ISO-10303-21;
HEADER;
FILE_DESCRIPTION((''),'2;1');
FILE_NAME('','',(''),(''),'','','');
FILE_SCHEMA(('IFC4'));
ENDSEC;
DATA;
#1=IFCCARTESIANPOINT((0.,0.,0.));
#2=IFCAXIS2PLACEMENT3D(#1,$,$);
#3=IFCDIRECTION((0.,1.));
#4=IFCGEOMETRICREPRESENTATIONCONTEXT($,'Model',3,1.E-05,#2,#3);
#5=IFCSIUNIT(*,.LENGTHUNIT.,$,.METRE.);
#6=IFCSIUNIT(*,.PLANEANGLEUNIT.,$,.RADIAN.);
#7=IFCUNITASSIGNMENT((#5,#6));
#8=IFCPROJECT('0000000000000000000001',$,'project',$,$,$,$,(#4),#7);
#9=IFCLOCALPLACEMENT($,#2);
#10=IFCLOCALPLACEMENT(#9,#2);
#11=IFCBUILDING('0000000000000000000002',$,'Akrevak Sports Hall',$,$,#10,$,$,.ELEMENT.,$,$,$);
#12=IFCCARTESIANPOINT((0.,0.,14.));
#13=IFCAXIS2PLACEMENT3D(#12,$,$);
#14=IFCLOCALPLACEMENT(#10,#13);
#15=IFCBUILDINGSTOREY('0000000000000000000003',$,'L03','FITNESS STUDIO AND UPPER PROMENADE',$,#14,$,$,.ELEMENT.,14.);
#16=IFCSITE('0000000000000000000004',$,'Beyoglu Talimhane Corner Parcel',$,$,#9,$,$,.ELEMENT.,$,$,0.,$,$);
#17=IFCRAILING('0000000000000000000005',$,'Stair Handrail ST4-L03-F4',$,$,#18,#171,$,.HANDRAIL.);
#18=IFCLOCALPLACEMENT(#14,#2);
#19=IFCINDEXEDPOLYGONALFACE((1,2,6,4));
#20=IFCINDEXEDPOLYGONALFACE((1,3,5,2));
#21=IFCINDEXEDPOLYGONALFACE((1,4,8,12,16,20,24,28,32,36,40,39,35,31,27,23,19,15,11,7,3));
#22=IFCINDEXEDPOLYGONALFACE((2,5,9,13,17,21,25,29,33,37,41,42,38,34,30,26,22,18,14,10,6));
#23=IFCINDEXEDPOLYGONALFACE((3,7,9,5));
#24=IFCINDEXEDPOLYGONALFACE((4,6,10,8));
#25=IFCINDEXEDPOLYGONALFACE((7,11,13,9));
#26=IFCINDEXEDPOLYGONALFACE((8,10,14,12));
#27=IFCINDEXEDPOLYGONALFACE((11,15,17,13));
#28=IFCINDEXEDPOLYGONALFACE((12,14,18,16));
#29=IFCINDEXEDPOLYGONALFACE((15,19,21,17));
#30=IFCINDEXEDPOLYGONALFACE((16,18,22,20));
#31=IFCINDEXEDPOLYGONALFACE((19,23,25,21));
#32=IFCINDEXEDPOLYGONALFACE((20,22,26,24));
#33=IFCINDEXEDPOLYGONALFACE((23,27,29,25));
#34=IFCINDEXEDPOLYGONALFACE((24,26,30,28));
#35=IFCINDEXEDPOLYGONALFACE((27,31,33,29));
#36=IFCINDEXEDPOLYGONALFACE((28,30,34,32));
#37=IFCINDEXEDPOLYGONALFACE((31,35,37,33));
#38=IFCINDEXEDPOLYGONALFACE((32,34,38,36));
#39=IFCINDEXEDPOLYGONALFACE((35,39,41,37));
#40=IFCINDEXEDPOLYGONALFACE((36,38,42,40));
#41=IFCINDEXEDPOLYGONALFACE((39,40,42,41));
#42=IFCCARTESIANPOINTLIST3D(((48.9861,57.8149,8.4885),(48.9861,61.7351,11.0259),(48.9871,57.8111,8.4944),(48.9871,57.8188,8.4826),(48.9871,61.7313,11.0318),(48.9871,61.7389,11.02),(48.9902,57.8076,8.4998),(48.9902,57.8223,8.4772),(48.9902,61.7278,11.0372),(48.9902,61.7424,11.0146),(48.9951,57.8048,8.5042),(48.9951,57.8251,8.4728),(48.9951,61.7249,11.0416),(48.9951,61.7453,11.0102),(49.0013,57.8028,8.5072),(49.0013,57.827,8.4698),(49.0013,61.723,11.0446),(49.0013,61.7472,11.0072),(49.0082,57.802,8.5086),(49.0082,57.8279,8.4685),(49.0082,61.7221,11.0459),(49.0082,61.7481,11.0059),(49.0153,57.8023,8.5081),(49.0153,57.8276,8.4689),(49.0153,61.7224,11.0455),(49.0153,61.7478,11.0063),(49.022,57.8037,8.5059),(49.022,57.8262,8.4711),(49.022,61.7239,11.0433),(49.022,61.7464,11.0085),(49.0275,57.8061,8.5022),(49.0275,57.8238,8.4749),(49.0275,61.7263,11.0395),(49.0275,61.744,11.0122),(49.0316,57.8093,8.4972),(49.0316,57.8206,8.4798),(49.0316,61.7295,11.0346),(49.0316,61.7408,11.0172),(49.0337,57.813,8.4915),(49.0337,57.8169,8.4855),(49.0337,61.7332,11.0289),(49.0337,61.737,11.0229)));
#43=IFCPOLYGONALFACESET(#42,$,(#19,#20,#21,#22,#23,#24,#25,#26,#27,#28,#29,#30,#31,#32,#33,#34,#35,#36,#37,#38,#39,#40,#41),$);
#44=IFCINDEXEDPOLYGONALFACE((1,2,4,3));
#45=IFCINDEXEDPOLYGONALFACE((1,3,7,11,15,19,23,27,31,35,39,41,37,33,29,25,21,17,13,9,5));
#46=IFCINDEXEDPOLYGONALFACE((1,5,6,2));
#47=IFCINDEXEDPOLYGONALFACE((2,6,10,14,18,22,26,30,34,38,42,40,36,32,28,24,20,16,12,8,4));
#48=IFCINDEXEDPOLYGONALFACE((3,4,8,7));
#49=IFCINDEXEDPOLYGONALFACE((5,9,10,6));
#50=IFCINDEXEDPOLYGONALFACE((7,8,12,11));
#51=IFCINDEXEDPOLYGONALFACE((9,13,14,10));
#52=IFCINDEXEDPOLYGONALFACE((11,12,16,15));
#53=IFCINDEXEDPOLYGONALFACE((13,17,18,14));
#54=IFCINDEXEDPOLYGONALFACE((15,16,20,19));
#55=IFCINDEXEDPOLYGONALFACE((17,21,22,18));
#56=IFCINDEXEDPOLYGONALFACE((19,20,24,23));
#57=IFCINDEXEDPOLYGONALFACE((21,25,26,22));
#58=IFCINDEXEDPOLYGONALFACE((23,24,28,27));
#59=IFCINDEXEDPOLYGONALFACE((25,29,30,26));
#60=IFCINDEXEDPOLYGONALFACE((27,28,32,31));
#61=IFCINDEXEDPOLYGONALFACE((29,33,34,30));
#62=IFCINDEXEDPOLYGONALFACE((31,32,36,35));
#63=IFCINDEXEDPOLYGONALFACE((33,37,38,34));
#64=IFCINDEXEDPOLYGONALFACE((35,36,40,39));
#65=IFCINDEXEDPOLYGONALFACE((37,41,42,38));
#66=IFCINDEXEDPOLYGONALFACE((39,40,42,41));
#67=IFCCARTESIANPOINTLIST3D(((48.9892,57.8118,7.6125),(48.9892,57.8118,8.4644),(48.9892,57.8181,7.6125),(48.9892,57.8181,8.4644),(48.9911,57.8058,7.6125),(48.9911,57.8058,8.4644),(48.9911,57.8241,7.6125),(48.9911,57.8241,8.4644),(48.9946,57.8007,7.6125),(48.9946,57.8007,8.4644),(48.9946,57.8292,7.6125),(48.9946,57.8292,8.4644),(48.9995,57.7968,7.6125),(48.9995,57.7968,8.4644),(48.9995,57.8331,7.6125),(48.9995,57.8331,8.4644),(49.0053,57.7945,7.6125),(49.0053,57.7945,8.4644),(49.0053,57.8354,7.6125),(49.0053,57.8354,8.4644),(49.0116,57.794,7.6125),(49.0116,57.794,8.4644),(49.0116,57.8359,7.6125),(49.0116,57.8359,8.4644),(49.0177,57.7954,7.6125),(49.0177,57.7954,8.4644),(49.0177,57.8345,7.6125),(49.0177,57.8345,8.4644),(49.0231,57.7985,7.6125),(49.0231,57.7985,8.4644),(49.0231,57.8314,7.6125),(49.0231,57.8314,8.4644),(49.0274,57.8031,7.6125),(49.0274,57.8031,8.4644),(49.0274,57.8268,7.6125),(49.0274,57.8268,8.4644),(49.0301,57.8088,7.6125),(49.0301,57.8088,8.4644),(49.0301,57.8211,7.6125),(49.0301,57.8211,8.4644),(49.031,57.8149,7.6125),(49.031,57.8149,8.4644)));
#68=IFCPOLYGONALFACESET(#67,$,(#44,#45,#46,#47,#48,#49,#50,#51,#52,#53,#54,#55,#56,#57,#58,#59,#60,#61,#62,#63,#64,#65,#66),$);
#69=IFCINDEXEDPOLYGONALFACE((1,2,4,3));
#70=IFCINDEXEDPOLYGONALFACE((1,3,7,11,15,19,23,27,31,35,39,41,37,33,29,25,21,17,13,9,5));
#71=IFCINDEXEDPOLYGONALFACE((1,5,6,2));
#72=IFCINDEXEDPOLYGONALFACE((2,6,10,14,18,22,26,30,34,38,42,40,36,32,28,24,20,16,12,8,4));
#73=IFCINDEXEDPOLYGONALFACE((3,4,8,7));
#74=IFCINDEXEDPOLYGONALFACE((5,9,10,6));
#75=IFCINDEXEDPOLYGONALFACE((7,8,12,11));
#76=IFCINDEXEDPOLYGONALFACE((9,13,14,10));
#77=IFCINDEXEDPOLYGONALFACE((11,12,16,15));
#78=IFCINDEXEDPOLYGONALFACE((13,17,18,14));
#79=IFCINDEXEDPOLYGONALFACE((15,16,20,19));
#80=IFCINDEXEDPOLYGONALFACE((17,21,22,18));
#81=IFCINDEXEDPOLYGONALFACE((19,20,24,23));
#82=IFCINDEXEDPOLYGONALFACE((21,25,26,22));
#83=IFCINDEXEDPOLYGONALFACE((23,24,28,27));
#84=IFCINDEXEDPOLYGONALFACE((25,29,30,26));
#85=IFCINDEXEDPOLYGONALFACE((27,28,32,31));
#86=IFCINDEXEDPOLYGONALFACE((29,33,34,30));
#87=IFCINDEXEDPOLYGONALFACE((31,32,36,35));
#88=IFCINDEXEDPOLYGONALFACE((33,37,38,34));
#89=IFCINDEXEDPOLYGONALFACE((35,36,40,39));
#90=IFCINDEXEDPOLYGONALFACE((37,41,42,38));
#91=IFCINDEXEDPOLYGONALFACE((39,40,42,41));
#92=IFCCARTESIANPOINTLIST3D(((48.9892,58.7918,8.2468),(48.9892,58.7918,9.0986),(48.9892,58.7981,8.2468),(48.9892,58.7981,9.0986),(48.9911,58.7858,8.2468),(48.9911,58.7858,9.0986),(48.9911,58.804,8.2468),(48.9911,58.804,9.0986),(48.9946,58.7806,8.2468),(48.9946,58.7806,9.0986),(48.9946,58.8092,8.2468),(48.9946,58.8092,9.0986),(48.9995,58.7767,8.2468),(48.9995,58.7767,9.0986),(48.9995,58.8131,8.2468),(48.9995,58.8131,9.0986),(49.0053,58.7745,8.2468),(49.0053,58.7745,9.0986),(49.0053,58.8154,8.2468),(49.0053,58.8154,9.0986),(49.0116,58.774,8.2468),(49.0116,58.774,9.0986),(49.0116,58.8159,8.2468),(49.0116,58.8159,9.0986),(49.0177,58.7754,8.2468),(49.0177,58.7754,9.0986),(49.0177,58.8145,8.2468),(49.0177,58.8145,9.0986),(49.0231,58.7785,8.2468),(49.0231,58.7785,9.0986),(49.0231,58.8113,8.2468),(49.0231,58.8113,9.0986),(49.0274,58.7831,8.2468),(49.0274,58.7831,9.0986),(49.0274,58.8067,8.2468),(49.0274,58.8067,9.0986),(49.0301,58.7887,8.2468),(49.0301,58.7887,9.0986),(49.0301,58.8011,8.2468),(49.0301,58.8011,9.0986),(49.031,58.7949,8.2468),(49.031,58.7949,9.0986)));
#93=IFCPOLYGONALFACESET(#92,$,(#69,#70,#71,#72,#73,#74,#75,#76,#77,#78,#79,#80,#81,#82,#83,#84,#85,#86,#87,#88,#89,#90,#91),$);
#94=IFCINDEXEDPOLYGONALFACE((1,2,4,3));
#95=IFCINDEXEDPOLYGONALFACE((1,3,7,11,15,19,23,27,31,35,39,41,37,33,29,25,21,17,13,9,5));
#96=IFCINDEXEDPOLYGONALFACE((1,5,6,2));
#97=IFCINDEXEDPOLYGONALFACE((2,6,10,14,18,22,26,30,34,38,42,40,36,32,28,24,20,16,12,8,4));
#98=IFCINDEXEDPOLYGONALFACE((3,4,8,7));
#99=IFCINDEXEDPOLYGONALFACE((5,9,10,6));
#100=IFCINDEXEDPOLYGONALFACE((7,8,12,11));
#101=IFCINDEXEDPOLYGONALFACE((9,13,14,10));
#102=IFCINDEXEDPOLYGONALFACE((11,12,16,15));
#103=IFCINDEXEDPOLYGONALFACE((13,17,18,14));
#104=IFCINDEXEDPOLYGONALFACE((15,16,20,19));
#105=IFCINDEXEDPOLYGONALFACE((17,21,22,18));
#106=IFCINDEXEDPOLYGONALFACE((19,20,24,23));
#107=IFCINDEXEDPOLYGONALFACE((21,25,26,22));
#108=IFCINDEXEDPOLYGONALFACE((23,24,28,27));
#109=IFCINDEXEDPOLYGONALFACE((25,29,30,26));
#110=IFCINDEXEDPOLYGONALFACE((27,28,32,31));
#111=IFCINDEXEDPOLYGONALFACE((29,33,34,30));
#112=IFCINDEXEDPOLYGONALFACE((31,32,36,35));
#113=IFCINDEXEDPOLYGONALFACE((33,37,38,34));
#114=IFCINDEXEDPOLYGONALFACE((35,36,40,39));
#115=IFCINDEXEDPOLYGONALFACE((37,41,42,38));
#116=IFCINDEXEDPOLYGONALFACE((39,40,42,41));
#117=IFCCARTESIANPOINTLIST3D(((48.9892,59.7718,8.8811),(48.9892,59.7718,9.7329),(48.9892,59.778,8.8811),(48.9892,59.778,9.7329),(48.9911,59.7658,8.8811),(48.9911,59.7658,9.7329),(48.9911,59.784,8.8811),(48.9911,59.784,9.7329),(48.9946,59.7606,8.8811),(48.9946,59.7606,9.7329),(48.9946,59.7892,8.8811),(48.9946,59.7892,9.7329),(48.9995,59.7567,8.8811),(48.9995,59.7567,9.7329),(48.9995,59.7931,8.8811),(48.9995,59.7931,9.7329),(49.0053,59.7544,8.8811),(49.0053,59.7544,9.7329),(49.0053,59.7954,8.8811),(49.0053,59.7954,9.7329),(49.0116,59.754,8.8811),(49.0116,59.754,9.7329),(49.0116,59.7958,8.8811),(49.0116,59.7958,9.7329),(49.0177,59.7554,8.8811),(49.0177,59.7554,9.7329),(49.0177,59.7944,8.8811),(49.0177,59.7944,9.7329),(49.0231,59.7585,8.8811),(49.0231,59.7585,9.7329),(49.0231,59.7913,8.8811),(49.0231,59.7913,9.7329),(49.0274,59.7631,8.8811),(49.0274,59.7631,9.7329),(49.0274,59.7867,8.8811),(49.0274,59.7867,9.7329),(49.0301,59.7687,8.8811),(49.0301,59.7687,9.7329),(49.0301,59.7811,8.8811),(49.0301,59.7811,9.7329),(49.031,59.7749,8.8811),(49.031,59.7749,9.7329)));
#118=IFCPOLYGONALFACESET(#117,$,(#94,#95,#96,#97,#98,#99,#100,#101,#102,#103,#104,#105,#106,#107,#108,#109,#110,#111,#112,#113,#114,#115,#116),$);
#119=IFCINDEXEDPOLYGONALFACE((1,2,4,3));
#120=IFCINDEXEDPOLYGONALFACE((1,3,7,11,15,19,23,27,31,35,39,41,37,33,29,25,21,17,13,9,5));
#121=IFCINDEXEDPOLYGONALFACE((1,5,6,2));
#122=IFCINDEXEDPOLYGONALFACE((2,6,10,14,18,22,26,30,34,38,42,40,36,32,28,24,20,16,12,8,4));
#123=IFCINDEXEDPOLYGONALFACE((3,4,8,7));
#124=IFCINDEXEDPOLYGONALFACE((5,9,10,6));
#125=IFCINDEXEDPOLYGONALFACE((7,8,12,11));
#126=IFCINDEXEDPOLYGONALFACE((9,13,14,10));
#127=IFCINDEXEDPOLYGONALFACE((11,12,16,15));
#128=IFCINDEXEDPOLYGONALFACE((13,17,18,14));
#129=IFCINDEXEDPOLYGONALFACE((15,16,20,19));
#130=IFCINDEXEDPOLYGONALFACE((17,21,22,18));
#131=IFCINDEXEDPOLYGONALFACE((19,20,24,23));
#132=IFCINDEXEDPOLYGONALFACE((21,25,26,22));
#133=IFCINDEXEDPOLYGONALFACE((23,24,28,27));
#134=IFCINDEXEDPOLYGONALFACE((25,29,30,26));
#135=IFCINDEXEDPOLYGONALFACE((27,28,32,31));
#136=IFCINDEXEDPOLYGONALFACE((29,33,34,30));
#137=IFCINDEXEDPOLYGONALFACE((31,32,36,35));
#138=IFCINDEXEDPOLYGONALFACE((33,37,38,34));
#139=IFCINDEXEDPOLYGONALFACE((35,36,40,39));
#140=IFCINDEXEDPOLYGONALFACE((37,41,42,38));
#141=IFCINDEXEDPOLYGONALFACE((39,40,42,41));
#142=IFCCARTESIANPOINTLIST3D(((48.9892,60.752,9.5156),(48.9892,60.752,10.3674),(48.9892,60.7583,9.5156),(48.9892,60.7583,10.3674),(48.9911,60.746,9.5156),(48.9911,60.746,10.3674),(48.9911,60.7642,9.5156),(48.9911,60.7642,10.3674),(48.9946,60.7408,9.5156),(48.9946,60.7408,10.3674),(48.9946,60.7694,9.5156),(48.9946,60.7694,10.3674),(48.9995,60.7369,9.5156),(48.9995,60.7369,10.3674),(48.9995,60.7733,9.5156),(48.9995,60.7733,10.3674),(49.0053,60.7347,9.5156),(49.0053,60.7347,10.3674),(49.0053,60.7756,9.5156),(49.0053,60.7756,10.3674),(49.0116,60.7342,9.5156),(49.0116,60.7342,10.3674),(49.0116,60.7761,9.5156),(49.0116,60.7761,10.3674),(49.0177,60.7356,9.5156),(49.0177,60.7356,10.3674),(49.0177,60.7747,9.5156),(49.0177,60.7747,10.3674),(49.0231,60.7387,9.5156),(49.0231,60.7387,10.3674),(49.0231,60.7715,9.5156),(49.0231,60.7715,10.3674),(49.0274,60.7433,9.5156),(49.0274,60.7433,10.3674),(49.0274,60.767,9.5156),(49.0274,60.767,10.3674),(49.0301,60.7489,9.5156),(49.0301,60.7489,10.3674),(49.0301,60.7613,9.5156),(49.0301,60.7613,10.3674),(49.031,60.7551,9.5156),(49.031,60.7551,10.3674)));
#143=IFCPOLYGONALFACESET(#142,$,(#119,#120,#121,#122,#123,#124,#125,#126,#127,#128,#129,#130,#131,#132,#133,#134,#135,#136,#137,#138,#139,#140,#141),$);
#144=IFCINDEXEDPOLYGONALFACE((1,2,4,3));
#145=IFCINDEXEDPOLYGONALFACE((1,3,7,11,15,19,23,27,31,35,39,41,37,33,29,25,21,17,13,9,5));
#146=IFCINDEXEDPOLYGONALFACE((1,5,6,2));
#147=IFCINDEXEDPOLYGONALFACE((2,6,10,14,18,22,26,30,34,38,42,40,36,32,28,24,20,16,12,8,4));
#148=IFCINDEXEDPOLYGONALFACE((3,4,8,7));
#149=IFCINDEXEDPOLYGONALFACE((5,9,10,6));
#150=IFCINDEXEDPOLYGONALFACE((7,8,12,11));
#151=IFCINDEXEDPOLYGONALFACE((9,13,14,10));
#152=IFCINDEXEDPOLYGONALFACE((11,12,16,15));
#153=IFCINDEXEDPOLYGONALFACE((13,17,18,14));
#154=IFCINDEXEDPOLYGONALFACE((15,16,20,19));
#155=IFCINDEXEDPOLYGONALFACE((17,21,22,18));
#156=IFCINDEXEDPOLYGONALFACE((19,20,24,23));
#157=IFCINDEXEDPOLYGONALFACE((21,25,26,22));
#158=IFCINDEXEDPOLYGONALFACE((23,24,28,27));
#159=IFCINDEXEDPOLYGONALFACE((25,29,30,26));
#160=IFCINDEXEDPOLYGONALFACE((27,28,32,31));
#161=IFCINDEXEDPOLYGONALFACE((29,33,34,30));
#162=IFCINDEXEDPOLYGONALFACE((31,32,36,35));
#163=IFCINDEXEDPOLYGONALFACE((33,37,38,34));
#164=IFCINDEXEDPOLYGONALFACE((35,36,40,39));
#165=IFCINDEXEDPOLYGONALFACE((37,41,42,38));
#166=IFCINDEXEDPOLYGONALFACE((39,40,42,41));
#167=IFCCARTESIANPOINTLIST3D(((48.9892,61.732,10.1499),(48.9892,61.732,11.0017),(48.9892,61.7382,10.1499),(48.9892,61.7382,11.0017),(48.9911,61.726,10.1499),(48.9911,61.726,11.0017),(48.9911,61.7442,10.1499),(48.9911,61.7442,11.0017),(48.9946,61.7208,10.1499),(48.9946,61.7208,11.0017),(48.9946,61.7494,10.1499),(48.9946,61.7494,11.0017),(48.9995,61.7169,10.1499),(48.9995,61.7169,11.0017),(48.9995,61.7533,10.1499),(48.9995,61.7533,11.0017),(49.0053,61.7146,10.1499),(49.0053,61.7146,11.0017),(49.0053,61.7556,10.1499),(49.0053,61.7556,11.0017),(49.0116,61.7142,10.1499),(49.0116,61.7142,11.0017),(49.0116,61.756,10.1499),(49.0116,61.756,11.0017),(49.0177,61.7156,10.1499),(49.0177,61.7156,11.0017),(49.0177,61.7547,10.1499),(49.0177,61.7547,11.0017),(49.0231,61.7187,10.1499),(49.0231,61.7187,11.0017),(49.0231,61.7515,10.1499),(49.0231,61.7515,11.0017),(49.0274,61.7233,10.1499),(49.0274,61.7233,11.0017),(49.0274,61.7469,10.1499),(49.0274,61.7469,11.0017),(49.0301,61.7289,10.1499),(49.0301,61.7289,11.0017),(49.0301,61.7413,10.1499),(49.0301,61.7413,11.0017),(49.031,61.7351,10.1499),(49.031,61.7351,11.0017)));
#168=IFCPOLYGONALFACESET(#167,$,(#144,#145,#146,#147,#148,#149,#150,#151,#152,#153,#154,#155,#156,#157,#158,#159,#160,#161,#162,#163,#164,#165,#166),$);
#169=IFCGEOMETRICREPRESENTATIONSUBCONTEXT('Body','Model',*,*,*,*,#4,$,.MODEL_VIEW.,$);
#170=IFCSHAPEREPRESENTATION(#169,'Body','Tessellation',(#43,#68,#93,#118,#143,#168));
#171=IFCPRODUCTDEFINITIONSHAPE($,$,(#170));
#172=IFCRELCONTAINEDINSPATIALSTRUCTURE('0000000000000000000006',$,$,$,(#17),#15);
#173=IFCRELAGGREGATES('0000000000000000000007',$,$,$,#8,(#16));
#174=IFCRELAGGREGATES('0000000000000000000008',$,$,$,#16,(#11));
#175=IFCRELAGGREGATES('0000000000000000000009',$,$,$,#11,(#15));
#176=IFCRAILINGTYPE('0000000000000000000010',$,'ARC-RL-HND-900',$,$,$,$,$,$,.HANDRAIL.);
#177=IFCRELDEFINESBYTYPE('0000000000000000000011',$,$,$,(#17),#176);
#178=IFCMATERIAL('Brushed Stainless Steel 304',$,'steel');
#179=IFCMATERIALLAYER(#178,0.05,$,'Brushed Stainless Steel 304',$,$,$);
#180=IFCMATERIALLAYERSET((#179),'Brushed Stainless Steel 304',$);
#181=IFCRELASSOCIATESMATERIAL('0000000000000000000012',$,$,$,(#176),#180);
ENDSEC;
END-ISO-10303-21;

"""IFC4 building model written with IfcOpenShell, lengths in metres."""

from ifc_helpers import new_model, si_unit, direction, frame, origin, origin_2d, place, context, subcontext, project, spatial, circle, extrude, material, layer, layer_set, type_object, element, save


model = new_model("IFC4")

# Units and contexts
model_context = context("Model", 3, precision=1e-05, world=origin(), true_north=direction((0.0, 1.0)))
body_context = subcontext(model_context, "Body", "Model", "MODEL_VIEW")
ifc_project = project(units=[si_unit("LENGTHUNIT", "METRE"), si_unit("PLANEANGLEUNIT", "RADIAN")], contexts=[model_context])

# Site, building, storey
site_placement = place(None, origin())
site = spatial("IfcSite", under=ifc_project, at=site_placement, Name="Beyoglu Talimhane Corner Parcel", CompositionType="ELEMENT", RefElevation=0.0)
building_placement = place(site_placement, origin())
building = spatial("IfcBuilding", under=site, at=building_placement, Name="Akrevak Sports Hall", CompositionType="ELEMENT")
storey_placement = place(building_placement, frame((0.0, 0.0, 14.0)))
storey = spatial("IfcBuildingStorey", under=building, at=storey_placement, Name="L03", Description="FITNESS STUDIO AND UPPER PROMENADE", CompositionType="ELEMENT", Elevation=14.0)

# Railing
ifc_material_1 = material(Name="Brushed Stainless Steel 304", Category="steel")
ifc_layer_1 = layer(ifc_material_1, 0.05, Name="Brushed Stainless Steel 304")
ifc_layer_set_1 = layer_set([ifc_layer_1], Name="Brushed Stainless Steel 304")
railing_type_1 = type_object("IfcRailingType", Name="ARC-RL-HND-900", PredefinedType="HANDRAIL", material=ifc_layer_set_1)
railing_1_placement = place(storey_placement, frame((49.01, 57.8149, 7.6125)))
element("IfcRailing", 1, at=railing_1_placement, inside=storey, type_object=railing_type_1, Name="Stair Handrail ST4-L03-F4", PredefinedType="HANDRAIL", context=body_context, shape_type="SweptSolid", body=[
    extrude(circle(Radius=0.0239, at=origin_2d()), frame((0.0, 0.0, 0.876), z_axis=(0.0, 0.839494, 0.543368), x_axis=(-1.0, 0.0, 0.0)), (0.0, 0.0, 1.0), 4.6697),
    extrude(circle(Radius=0.021, at=origin_2d()), origin(), (0.0, 0.0, 1.0), 0.8518),
    extrude(circle(Radius=0.021, at=origin_2d()), frame((0.0, 0.98, 0.6343)), (0.0, 0.0, 1.0), 0.8518),
    extrude(circle(Radius=0.021, at=origin_2d()), frame((0.0, 1.96, 1.2686)), (0.0, 0.0, 1.0), 0.8518),
    extrude(circle(Radius=0.021, at=origin_2d()), frame((0.0, 2.9402, 1.9031)), (0.0, 0.0, 1.0), 0.8518),
    extrude(circle(Radius=0.021, at=origin_2d()), frame((0.0, 3.9202, 2.5374)), (0.0, 0.0, 1.0), 0.8518),
])

save(model, "model.ifc")
